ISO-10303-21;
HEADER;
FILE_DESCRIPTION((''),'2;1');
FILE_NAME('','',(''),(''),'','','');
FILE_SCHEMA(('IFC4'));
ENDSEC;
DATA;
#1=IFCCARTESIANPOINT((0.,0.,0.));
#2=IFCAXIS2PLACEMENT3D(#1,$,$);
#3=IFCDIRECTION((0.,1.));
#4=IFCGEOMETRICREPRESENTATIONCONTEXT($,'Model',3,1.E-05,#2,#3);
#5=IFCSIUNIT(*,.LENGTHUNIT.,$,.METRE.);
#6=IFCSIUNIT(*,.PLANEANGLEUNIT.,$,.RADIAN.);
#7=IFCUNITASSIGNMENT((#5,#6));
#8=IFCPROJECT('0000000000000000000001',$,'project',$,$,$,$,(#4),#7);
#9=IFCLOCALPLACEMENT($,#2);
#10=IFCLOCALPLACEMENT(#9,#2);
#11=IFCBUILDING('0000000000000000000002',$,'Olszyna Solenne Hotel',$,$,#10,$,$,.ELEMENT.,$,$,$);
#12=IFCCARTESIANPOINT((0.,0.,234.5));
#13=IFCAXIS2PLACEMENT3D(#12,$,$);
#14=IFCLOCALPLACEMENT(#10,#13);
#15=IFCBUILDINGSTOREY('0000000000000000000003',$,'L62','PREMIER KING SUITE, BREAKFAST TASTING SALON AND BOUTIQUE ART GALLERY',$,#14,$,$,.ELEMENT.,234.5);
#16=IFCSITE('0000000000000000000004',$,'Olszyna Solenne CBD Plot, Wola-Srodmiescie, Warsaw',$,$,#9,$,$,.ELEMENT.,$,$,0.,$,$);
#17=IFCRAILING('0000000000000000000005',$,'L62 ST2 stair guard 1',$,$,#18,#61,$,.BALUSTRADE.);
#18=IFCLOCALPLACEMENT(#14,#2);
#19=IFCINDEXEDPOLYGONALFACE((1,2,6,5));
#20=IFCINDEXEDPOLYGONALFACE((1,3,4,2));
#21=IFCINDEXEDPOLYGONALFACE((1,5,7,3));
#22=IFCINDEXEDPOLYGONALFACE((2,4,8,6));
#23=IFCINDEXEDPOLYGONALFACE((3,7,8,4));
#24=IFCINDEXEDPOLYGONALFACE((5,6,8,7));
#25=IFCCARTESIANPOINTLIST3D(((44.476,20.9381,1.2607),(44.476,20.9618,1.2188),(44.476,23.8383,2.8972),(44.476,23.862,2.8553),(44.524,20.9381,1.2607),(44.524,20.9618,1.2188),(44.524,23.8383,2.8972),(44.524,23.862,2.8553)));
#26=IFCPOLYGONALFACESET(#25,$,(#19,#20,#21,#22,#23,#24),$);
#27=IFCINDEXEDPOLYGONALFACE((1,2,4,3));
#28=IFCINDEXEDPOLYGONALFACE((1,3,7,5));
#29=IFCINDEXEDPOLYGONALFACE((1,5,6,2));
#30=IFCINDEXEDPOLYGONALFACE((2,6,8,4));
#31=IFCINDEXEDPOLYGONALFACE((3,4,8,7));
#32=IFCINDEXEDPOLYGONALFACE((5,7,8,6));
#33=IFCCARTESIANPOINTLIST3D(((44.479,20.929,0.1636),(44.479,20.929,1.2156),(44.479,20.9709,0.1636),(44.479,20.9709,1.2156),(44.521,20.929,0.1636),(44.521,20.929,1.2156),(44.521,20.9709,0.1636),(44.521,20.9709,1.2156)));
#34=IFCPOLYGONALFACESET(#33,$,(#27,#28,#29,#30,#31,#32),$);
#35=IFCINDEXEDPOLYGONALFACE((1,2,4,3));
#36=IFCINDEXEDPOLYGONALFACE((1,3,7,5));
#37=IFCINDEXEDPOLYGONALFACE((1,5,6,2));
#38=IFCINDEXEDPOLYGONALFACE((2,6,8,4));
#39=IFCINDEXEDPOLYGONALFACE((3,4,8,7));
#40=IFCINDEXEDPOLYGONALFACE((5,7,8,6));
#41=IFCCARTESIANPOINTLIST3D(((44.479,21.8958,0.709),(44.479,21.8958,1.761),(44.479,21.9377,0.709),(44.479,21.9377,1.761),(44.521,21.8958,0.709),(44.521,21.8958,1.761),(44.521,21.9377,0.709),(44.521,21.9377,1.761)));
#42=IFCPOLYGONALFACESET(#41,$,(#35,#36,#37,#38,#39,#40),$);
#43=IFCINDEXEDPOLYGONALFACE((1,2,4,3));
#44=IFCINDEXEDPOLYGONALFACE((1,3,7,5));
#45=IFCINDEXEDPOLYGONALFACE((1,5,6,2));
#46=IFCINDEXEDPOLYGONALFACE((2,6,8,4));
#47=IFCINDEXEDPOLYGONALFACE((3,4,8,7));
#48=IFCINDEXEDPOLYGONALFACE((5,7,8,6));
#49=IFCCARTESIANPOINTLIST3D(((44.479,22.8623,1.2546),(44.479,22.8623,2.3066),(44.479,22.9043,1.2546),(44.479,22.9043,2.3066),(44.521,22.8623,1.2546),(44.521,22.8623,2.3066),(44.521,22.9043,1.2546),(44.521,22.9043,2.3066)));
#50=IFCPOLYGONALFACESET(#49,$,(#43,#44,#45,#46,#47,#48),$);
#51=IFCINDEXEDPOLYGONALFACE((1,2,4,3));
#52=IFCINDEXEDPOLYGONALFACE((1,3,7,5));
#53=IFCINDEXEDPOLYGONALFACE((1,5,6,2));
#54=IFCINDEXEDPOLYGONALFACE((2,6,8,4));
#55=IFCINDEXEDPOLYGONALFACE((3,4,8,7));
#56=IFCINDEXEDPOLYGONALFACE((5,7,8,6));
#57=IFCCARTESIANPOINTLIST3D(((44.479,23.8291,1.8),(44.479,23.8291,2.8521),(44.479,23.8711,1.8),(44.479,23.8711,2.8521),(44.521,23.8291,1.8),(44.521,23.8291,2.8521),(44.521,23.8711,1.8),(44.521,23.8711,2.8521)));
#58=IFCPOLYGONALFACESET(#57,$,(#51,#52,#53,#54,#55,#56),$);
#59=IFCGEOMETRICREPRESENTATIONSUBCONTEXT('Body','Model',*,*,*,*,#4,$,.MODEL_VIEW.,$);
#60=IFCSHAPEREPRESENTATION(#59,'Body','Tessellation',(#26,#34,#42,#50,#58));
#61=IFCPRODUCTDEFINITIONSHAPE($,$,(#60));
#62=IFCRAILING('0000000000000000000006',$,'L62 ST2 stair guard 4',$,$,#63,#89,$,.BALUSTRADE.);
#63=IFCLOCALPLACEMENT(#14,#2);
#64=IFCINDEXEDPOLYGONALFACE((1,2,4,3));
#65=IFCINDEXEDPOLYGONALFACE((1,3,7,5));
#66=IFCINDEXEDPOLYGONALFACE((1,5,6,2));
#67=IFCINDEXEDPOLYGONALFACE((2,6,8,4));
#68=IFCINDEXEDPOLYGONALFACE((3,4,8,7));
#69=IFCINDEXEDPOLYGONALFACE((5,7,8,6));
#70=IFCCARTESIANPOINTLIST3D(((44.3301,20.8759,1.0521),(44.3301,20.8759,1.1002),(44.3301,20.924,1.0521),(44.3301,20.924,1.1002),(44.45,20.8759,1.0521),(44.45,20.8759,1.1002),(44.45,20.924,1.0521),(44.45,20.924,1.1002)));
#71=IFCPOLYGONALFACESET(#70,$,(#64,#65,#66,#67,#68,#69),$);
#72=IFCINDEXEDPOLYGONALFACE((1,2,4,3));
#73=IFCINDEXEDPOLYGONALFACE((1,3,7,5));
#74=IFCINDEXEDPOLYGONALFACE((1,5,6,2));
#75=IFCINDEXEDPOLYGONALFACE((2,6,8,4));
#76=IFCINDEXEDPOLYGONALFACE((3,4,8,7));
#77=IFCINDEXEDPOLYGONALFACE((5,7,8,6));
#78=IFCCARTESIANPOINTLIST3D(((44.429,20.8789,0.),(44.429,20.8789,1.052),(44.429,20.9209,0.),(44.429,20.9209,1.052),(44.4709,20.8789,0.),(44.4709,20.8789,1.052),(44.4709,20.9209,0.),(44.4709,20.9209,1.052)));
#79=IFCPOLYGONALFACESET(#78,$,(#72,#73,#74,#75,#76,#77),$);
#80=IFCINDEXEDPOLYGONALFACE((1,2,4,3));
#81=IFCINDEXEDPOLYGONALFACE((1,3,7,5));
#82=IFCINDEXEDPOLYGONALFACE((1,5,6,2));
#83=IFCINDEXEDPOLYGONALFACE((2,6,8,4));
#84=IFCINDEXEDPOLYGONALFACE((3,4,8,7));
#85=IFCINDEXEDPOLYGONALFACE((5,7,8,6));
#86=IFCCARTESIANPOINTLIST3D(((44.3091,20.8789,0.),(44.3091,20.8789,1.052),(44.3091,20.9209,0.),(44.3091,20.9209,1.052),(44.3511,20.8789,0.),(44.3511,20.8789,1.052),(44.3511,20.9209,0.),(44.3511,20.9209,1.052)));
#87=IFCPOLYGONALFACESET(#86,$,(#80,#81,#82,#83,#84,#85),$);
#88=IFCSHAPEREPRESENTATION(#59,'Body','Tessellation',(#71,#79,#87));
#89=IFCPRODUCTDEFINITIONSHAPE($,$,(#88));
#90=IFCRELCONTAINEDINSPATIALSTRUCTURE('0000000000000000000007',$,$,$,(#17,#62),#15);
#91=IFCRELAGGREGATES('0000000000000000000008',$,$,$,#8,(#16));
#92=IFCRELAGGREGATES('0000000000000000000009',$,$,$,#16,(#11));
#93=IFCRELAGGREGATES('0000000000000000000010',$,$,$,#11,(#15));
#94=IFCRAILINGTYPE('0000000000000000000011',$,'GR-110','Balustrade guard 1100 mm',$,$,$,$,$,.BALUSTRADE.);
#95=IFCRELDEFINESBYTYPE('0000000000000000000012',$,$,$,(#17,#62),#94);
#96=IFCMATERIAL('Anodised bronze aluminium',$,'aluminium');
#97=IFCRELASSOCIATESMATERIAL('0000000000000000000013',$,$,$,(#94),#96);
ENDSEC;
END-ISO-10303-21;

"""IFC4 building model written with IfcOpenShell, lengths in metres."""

from ifc_helpers import new_model, si_unit, direction, frame, origin, origin_2d, place, context, subcontext, project, spatial, rectangle, extrude, material, type_object, element, save


model = new_model("IFC4")

# Units and contexts
model_context = context("Model", 3, precision=1e-05, world=origin(), true_north=direction((0.0, 1.0)))
body_context = subcontext(model_context, "Body", "Model", "MODEL_VIEW")
ifc_project = project(units=[si_unit("LENGTHUNIT", "METRE"), si_unit("PLANEANGLEUNIT", "RADIAN")], contexts=[model_context])

# Site, building, storey
site_placement = place(None, origin())
site = spatial("IfcSite", under=ifc_project, at=site_placement, Name="Olszyna Solenne CBD Plot, Wola-Srodmiescie, Warsaw", CompositionType="ELEMENT", RefElevation=0.0)
building_placement = place(site_placement, origin())
building = spatial("IfcBuilding", under=site, at=building_placement, Name="Olszyna Solenne Hotel", CompositionType="ELEMENT")
storey_placement = place(building_placement, frame((0.0, 0.0, 234.5)))
storey = spatial("IfcBuildingStorey", under=building, at=storey_placement, Name="L62", Description="PREMIER KING SUITE, BREAKFAST TASTING SALON AND BOUTIQUE ART GALLERY", CompositionType="ELEMENT", Elevation=234.5)

# Shared definitions
ifc_material_1 = material(Name="Anodised bronze aluminium", Category="aluminium")

# Railings
railing_type = type_object("IfcRailingType", Name="GR-110", Description="Balustrade guard 1100 mm", PredefinedType="BALUSTRADE", material=ifc_material_1)
railing_1_placement = place(storey_placement, frame((44.5, 20.95, 0.1636)))
element("IfcRailing", 1, at=railing_1_placement, inside=storey, type_object=railing_type, Name="L62 ST2 stair guard 1", PredefinedType="BALUSTRADE", context=body_context, shape_type="SweptSolid", body=[
    extrude(rectangle(XDim=0.0481, YDim=0.0481, at=origin_2d()), frame((0.0, 0.0, 1.0762), z_axis=(0.0, 0.870915, 0.491434), x_axis=(-1.0, 0.0, 0.0)), (0.0, 0.0, 1.0), 3.3301),
    extrude(rectangle(XDim=0.042, YDim=0.042, at=origin_2d()), origin(), (0.0, 0.0, 1.0), 1.052),
    extrude(rectangle(XDim=0.042, YDim=0.042, at=origin_2d()), frame((0.0, 0.9668, 0.5454)), (0.0, 0.0, 1.0), 1.052),
    extrude(rectangle(XDim=0.042, YDim=0.042, at=origin_2d()), frame((0.0, 1.9333, 1.0911)), (0.0, 0.0, 1.0), 1.052),
    extrude(rectangle(XDim=0.042, YDim=0.042, at=origin_2d()), frame((0.0, 2.9001, 1.6365)), (0.0, 0.0, 1.0), 1.052),
])
railing_2_placement = place(storey_placement, frame((44.45, 20.8999, 0.0)))
element("IfcRailing", 2, at=railing_2_placement, inside=storey, type_object=railing_type, Name="L62 ST2 stair guard 4", PredefinedType="BALUSTRADE", context=body_context, shape_type="SweptSolid", body=[
    extrude(rectangle(XDim=0.0481, YDim=0.0481, at=origin_2d()), frame((0.0, 0.0, 1.0762), z_axis=(-1.0, 0.0, 0.0), x_axis=(0.0, -1.0, 0.0)), (0.0, 0.0, 1.0), 0.1199),
    extrude(rectangle(XDim=0.042, YDim=0.042, at=origin_2d()), origin(), (0.0, 0.0, 1.0), 1.052),
    extrude(rectangle(XDim=0.042, YDim=0.042, at=origin_2d()), frame((-0.1199, 0.0, 0.0)), (0.0, 0.0, 1.0), 1.052),
])

save(model, "model.ifc")
